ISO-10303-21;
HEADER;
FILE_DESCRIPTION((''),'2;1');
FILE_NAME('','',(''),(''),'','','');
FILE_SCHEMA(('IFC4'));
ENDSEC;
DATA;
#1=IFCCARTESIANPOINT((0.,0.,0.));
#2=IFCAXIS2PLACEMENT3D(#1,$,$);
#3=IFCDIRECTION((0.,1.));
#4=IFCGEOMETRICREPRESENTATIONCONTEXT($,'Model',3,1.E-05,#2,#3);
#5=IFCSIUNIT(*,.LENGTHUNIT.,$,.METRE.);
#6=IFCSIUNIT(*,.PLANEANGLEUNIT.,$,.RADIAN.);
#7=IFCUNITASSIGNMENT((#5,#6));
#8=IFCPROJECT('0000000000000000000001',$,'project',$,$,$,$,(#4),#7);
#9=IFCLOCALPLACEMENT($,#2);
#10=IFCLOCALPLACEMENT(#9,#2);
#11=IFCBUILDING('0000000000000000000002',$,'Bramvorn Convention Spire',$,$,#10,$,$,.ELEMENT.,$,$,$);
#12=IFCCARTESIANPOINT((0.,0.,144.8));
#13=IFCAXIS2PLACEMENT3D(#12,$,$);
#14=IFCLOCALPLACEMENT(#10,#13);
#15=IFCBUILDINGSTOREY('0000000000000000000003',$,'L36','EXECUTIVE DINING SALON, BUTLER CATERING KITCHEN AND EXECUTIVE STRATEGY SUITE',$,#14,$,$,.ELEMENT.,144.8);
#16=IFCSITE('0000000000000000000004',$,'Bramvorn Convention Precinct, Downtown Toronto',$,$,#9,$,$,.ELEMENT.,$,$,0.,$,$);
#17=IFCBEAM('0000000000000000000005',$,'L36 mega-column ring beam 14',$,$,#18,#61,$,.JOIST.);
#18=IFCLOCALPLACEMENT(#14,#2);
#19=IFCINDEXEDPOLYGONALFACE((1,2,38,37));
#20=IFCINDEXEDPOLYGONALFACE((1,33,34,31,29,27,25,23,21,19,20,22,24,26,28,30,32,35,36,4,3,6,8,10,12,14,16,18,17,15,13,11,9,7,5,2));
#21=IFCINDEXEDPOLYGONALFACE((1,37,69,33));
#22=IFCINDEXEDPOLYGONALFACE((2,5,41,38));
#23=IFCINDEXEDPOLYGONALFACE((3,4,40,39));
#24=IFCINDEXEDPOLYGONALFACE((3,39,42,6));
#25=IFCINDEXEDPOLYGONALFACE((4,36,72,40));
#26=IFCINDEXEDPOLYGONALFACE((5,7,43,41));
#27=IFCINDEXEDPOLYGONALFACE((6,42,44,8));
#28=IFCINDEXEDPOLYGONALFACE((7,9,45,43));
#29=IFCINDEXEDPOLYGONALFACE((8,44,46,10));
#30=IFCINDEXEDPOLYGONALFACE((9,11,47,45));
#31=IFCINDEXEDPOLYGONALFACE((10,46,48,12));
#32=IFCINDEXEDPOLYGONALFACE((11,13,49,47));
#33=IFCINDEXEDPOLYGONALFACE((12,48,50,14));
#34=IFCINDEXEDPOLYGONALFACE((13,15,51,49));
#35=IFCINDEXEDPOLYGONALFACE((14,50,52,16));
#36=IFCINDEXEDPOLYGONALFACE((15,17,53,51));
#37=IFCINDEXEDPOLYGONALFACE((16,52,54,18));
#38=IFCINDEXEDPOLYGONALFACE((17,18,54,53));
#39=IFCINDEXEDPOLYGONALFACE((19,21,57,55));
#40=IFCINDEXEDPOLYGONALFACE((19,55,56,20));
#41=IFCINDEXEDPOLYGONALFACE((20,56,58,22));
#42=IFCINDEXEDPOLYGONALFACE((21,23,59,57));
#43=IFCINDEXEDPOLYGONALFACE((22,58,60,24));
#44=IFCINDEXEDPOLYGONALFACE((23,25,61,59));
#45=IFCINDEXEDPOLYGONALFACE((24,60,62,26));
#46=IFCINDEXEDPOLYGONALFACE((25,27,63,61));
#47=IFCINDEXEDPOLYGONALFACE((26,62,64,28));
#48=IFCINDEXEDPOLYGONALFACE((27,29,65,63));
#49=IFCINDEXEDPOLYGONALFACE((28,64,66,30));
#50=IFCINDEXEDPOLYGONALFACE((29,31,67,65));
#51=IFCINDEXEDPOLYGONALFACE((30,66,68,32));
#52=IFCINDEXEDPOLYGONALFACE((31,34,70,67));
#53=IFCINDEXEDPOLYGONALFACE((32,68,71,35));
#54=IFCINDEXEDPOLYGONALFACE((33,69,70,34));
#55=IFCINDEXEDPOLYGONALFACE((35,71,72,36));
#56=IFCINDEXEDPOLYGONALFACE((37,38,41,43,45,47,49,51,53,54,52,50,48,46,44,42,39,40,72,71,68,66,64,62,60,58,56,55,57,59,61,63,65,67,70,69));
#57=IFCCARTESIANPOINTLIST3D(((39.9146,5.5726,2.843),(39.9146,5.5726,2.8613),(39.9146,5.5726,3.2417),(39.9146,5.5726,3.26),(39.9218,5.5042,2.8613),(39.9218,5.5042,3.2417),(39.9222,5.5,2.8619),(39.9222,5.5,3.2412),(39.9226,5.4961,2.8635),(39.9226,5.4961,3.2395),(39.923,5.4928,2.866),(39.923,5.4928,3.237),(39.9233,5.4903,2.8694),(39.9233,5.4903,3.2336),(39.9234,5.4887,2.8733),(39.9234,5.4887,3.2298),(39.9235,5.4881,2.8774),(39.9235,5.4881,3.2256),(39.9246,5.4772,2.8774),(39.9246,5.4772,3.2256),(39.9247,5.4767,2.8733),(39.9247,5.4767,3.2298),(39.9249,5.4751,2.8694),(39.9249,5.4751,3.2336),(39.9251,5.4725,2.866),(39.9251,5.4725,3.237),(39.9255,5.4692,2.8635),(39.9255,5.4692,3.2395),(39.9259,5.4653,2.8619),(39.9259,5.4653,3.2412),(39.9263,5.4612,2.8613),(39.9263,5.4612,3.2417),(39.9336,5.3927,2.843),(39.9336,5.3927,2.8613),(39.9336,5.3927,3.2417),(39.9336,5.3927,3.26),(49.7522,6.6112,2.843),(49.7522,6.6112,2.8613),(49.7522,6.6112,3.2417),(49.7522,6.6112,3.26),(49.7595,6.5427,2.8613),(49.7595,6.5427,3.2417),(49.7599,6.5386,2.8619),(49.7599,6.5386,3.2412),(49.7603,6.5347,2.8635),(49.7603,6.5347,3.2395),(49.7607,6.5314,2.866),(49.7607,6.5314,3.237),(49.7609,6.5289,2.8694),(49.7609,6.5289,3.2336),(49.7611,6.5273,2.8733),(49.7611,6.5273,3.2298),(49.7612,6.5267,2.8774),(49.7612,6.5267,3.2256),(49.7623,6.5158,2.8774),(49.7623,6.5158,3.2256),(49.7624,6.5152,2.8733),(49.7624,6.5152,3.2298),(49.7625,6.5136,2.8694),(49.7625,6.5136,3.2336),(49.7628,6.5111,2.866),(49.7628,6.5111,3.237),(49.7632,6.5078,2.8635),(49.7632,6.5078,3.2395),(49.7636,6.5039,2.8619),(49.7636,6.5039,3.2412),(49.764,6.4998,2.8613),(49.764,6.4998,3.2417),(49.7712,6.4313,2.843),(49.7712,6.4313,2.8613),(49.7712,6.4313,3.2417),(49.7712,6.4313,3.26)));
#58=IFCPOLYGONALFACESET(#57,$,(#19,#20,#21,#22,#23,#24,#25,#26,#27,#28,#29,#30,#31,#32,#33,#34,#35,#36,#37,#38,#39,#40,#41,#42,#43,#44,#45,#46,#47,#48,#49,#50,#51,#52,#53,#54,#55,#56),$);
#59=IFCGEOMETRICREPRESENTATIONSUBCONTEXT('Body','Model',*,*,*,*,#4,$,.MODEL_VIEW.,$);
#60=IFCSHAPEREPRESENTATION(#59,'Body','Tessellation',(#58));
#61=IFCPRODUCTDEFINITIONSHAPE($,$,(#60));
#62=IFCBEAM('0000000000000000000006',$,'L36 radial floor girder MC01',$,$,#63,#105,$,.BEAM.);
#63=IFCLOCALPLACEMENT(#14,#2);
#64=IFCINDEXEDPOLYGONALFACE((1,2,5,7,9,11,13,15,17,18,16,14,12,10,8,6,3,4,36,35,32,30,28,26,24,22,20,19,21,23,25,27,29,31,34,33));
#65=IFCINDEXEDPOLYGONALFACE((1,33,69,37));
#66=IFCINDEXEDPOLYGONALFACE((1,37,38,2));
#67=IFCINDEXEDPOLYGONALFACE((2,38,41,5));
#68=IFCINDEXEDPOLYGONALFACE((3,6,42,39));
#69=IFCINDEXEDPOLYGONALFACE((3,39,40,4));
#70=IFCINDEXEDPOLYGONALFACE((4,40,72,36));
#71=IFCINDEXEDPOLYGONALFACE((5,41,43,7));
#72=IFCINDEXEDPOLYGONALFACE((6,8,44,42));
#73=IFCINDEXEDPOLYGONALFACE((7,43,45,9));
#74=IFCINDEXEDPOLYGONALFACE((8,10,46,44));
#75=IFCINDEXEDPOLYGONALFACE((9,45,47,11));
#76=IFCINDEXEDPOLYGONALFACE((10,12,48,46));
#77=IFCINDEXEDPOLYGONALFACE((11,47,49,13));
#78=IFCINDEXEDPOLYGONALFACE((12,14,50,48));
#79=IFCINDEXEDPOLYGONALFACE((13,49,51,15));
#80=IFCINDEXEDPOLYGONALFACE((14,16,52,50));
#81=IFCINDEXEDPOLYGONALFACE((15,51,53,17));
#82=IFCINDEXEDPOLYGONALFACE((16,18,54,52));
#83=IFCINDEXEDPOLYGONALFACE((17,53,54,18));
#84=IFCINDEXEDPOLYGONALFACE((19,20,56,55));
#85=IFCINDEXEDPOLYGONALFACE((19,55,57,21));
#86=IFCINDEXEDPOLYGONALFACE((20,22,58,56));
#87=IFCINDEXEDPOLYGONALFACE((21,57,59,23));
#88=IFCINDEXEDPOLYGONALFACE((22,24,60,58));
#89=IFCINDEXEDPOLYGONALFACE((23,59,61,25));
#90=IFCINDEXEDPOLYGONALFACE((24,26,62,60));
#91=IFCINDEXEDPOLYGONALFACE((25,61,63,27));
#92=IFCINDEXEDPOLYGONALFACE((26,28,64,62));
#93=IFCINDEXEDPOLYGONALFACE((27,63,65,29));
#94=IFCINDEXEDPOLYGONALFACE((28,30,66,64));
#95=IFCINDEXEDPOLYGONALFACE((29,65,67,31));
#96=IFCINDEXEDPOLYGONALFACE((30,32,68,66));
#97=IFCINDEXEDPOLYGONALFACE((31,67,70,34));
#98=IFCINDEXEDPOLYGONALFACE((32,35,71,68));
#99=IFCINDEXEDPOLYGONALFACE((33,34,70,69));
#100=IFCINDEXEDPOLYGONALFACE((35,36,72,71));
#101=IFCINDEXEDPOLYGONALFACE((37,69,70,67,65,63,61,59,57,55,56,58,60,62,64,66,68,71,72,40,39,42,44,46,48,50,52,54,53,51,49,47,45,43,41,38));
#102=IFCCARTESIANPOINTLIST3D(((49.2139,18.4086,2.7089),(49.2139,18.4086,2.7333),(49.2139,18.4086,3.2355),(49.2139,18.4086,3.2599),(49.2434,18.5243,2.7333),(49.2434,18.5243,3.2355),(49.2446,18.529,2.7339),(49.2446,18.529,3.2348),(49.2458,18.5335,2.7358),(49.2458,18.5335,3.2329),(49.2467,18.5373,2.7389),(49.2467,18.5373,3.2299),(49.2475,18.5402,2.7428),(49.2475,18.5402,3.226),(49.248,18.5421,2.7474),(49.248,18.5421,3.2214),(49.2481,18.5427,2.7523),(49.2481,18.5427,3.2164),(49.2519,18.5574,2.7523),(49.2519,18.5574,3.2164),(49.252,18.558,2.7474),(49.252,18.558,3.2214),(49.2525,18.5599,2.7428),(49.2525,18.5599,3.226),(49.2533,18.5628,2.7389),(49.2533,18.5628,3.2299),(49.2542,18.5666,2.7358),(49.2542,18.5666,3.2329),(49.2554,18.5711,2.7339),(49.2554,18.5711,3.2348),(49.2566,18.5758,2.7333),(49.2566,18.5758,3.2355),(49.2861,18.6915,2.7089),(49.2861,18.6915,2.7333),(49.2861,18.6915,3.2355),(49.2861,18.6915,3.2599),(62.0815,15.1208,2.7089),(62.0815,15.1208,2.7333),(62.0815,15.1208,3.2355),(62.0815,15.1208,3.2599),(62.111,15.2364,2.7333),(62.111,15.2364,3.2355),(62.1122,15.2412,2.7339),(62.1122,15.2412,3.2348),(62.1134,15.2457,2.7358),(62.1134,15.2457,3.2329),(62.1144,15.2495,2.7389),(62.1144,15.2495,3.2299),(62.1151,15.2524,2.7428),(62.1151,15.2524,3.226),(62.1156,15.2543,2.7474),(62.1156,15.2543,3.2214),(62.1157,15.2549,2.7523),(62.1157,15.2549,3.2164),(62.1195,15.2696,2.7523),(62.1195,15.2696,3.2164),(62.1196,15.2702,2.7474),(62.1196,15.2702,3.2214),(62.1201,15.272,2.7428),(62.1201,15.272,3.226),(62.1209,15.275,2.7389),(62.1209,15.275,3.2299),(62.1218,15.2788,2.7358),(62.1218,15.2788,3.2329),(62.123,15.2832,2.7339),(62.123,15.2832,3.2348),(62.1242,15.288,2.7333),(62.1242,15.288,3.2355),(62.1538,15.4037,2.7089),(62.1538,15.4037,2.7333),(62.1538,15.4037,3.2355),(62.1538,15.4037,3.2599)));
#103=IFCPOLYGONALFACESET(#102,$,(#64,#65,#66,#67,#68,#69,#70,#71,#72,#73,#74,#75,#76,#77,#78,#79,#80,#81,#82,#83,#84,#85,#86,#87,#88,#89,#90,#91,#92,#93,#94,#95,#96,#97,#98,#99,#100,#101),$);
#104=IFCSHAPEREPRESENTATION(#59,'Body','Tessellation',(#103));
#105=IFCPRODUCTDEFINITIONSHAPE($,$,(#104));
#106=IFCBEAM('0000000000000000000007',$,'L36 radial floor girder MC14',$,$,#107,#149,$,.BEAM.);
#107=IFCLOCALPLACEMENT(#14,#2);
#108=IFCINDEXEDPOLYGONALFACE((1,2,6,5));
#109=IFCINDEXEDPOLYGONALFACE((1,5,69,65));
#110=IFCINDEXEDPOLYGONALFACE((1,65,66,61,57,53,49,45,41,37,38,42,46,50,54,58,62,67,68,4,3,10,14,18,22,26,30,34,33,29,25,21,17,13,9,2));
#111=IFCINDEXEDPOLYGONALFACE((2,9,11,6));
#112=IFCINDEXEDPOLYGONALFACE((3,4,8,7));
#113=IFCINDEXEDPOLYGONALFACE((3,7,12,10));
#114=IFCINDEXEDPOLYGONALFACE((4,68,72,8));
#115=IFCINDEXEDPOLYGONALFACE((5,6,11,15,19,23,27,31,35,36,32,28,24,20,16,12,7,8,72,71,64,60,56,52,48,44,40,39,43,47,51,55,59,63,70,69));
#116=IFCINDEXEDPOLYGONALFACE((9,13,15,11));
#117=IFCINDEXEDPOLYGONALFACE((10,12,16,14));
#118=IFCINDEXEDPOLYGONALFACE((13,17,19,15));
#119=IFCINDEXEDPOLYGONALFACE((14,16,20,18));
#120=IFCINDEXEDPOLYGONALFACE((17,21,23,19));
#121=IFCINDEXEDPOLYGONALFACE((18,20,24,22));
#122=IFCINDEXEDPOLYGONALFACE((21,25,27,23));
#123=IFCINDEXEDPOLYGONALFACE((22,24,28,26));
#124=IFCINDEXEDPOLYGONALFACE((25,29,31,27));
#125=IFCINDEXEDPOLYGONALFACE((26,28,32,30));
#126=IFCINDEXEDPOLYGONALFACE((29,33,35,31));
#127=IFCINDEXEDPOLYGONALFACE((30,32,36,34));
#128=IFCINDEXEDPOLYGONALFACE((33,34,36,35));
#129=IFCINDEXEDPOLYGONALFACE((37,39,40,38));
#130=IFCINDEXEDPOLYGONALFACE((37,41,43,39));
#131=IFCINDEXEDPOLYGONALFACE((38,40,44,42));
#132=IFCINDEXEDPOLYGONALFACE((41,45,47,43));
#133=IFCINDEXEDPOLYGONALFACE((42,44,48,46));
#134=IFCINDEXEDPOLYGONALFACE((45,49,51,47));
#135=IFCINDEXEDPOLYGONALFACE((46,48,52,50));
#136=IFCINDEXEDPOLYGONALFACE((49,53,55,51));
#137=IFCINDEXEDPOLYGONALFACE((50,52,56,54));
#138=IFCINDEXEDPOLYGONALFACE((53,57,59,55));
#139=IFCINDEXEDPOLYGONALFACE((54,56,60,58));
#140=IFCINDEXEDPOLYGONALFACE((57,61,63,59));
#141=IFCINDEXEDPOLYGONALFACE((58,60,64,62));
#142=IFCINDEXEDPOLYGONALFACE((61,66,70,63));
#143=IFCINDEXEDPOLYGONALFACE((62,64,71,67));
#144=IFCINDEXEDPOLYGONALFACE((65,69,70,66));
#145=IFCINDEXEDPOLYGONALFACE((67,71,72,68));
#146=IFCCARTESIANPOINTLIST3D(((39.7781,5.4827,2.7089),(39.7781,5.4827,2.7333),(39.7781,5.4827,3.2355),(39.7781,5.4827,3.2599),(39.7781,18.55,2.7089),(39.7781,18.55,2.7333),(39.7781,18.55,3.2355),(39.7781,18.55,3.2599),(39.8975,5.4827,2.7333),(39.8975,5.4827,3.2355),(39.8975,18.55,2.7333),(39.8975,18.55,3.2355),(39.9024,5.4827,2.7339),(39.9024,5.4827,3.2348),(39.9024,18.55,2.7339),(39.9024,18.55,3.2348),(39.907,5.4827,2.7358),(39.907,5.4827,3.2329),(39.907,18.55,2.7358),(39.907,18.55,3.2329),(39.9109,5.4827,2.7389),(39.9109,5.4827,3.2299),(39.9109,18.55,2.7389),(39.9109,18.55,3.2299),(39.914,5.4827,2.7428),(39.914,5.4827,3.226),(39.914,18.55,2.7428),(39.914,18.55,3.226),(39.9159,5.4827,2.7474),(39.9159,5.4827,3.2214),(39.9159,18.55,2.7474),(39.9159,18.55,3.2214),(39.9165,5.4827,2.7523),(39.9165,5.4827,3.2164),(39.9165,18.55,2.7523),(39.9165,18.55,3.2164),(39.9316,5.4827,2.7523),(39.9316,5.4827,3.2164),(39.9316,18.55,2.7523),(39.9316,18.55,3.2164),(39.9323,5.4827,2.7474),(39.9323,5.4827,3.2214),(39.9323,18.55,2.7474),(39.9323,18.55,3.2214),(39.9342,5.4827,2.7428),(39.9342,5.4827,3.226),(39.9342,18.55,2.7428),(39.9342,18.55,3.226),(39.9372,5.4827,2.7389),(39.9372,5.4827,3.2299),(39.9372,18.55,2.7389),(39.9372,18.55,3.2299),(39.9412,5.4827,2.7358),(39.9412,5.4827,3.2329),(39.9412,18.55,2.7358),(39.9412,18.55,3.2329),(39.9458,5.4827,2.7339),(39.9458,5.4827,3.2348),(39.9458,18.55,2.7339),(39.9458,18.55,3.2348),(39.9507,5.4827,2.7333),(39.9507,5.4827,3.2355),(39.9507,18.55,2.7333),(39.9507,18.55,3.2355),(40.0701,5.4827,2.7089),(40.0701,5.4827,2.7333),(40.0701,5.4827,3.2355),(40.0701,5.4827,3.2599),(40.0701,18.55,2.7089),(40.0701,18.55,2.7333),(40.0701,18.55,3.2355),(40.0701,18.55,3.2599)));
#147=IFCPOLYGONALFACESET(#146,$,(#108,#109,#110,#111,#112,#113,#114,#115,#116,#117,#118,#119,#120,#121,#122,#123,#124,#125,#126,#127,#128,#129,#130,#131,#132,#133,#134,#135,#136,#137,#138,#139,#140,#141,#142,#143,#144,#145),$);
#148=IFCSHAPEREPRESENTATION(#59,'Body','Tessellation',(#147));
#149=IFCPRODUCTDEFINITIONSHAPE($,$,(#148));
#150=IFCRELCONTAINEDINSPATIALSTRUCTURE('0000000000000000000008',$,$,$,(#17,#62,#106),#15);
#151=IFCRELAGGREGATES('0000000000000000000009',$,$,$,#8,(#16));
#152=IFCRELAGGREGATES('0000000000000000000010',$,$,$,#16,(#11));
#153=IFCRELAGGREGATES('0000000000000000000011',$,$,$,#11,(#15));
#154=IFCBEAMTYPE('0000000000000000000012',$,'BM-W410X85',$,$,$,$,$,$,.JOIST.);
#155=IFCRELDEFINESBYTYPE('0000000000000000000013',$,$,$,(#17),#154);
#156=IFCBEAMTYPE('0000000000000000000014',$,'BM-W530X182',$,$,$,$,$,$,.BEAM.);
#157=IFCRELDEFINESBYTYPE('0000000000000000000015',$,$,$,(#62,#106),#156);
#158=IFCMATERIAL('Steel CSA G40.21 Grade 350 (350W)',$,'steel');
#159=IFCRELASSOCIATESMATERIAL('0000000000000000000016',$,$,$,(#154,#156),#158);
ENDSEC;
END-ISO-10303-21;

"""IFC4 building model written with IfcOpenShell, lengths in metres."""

from ifc_helpers import new_model, si_unit, direction, frame, origin, origin_2d, place, context, subcontext, project, spatial, i_section, extrude, material, material_profile, profile_set, type_object, element, save


model = new_model("IFC4")

# Units and contexts
model_context = context("Model", 3, precision=1e-05, world=origin(), true_north=direction((0.0, 1.0)))
body_context = subcontext(model_context, "Body", "Model", "MODEL_VIEW")
ifc_project = project(units=[si_unit("LENGTHUNIT", "METRE"), si_unit("PLANEANGLEUNIT", "RADIAN")], contexts=[model_context])

# Site, building, storey
site_placement = place(None, origin())
site = spatial("IfcSite", under=ifc_project, at=site_placement, Name="Bramvorn Convention Precinct, Downtown Toronto", CompositionType="ELEMENT", RefElevation=0.0)
building_placement = place(site_placement, origin())
building = spatial("IfcBuilding", under=site, at=building_placement, Name="Bramvorn Convention Spire", CompositionType="ELEMENT")
storey_placement = place(building_placement, frame((0.0, 0.0, 144.8)))
storey = spatial("IfcBuildingStorey", under=building, at=storey_placement, Name="L36", Description="EXECUTIVE DINING SALON, BUTLER CATERING KITCHEN AND EXECUTIVE STRATEGY SUITE", CompositionType="ELEMENT", Elevation=144.8)

# Shared definitions
ifc_material_1 = material(Name="Steel CSA G40.21 Grade 350 (350W)", Category="steel")

# Beams
ifc_material_profile_1 = material_profile(ifc_material_1, i_section(OverallWidth=0.1809, OverallDepth=0.417, WebThickness=0.011, FlangeThickness=0.0183, FilletRadius=0.0161, at=origin_2d()))
ifc_profile_set_1 = profile_set([ifc_material_profile_1], Name="Steel CSA G40.21 Grade 350 (350W) - W410X85")
beam_type_1 = type_object("IfcBeamType", Name="BM-W410X85", PredefinedType="JOIST", material=ifc_profile_set_1)
beam_1_placement = place(storey_placement, frame((39.9241, 5.4827, 3.0515), z_axis=(0.994473, 0.104988, 0.0), x_axis=(-0.104988, 0.994473, 0.0)))
element("IfcBeam", 1, at=beam_1_placement, inside=storey, type_object=beam_type_1, Name="L36 mega-column ring beam 14", PredefinedType="JOIST", context=body_context, shape_type="SweptSolid", body=[
    extrude(i_section(OverallWidth=0.1809, OverallDepth=0.417, WebThickness=0.011, FlangeThickness=0.0183, FilletRadius=0.0161, at=origin_2d()), origin(), (0.0, 0.0, 1.0), 9.8923),
])
ifc_material_profile_2 = material_profile(ifc_material_1, i_section(OverallWidth=0.292, OverallDepth=0.551, WebThickness=0.0151, FlangeThickness=0.0244, FilletRadius=0.019, at=origin_2d()))
ifc_profile_set_2 = profile_set([ifc_material_profile_2], Name="Steel CSA G40.21 Grade 350 (350W) - W530X182")
beam_type_2 = type_object("IfcBeamType", Name="BM-W530X182", PredefinedType="BEAM", material=ifc_profile_set_2)
beam_2_placement = place(storey_placement, frame((49.25, 18.55, 2.9844), z_axis=(0.968873, -0.247558, 0.0), x_axis=(0.247558, 0.968873, 0.0)))
element("IfcBeam", 2, at=beam_2_placement, inside=storey, type_object=beam_type_2, Name="L36 radial floor girder MC01", PredefinedType="BEAM", context=body_context, shape_type="SweptSolid", body=[
    extrude(i_section(OverallWidth=0.292, OverallDepth=0.551, WebThickness=0.0151, FlangeThickness=0.0244, FilletRadius=0.019, at=origin_2d()), origin(), (0.0, 0.0, 1.0), 13.281),
])
beam_3_placement = place(storey_placement, frame((39.9241, 18.55, 2.9844), z_axis=(0.0, -1.0, 0.0), x_axis=(1.0, 0.0, 0.0)))
element("IfcBeam", 3, at=beam_3_placement, inside=storey, type_object=beam_type_2, Name="L36 radial floor girder MC14", PredefinedType="BEAM", context=body_context, shape_type="SweptSolid", body=[
    extrude(i_section(OverallWidth=0.292, OverallDepth=0.551, WebThickness=0.0151, FlangeThickness=0.0244, FilletRadius=0.019, at=origin_2d()), origin(), (0.0, 0.0, 1.0), 13.0674),
])

save(model, "model.ifc")
